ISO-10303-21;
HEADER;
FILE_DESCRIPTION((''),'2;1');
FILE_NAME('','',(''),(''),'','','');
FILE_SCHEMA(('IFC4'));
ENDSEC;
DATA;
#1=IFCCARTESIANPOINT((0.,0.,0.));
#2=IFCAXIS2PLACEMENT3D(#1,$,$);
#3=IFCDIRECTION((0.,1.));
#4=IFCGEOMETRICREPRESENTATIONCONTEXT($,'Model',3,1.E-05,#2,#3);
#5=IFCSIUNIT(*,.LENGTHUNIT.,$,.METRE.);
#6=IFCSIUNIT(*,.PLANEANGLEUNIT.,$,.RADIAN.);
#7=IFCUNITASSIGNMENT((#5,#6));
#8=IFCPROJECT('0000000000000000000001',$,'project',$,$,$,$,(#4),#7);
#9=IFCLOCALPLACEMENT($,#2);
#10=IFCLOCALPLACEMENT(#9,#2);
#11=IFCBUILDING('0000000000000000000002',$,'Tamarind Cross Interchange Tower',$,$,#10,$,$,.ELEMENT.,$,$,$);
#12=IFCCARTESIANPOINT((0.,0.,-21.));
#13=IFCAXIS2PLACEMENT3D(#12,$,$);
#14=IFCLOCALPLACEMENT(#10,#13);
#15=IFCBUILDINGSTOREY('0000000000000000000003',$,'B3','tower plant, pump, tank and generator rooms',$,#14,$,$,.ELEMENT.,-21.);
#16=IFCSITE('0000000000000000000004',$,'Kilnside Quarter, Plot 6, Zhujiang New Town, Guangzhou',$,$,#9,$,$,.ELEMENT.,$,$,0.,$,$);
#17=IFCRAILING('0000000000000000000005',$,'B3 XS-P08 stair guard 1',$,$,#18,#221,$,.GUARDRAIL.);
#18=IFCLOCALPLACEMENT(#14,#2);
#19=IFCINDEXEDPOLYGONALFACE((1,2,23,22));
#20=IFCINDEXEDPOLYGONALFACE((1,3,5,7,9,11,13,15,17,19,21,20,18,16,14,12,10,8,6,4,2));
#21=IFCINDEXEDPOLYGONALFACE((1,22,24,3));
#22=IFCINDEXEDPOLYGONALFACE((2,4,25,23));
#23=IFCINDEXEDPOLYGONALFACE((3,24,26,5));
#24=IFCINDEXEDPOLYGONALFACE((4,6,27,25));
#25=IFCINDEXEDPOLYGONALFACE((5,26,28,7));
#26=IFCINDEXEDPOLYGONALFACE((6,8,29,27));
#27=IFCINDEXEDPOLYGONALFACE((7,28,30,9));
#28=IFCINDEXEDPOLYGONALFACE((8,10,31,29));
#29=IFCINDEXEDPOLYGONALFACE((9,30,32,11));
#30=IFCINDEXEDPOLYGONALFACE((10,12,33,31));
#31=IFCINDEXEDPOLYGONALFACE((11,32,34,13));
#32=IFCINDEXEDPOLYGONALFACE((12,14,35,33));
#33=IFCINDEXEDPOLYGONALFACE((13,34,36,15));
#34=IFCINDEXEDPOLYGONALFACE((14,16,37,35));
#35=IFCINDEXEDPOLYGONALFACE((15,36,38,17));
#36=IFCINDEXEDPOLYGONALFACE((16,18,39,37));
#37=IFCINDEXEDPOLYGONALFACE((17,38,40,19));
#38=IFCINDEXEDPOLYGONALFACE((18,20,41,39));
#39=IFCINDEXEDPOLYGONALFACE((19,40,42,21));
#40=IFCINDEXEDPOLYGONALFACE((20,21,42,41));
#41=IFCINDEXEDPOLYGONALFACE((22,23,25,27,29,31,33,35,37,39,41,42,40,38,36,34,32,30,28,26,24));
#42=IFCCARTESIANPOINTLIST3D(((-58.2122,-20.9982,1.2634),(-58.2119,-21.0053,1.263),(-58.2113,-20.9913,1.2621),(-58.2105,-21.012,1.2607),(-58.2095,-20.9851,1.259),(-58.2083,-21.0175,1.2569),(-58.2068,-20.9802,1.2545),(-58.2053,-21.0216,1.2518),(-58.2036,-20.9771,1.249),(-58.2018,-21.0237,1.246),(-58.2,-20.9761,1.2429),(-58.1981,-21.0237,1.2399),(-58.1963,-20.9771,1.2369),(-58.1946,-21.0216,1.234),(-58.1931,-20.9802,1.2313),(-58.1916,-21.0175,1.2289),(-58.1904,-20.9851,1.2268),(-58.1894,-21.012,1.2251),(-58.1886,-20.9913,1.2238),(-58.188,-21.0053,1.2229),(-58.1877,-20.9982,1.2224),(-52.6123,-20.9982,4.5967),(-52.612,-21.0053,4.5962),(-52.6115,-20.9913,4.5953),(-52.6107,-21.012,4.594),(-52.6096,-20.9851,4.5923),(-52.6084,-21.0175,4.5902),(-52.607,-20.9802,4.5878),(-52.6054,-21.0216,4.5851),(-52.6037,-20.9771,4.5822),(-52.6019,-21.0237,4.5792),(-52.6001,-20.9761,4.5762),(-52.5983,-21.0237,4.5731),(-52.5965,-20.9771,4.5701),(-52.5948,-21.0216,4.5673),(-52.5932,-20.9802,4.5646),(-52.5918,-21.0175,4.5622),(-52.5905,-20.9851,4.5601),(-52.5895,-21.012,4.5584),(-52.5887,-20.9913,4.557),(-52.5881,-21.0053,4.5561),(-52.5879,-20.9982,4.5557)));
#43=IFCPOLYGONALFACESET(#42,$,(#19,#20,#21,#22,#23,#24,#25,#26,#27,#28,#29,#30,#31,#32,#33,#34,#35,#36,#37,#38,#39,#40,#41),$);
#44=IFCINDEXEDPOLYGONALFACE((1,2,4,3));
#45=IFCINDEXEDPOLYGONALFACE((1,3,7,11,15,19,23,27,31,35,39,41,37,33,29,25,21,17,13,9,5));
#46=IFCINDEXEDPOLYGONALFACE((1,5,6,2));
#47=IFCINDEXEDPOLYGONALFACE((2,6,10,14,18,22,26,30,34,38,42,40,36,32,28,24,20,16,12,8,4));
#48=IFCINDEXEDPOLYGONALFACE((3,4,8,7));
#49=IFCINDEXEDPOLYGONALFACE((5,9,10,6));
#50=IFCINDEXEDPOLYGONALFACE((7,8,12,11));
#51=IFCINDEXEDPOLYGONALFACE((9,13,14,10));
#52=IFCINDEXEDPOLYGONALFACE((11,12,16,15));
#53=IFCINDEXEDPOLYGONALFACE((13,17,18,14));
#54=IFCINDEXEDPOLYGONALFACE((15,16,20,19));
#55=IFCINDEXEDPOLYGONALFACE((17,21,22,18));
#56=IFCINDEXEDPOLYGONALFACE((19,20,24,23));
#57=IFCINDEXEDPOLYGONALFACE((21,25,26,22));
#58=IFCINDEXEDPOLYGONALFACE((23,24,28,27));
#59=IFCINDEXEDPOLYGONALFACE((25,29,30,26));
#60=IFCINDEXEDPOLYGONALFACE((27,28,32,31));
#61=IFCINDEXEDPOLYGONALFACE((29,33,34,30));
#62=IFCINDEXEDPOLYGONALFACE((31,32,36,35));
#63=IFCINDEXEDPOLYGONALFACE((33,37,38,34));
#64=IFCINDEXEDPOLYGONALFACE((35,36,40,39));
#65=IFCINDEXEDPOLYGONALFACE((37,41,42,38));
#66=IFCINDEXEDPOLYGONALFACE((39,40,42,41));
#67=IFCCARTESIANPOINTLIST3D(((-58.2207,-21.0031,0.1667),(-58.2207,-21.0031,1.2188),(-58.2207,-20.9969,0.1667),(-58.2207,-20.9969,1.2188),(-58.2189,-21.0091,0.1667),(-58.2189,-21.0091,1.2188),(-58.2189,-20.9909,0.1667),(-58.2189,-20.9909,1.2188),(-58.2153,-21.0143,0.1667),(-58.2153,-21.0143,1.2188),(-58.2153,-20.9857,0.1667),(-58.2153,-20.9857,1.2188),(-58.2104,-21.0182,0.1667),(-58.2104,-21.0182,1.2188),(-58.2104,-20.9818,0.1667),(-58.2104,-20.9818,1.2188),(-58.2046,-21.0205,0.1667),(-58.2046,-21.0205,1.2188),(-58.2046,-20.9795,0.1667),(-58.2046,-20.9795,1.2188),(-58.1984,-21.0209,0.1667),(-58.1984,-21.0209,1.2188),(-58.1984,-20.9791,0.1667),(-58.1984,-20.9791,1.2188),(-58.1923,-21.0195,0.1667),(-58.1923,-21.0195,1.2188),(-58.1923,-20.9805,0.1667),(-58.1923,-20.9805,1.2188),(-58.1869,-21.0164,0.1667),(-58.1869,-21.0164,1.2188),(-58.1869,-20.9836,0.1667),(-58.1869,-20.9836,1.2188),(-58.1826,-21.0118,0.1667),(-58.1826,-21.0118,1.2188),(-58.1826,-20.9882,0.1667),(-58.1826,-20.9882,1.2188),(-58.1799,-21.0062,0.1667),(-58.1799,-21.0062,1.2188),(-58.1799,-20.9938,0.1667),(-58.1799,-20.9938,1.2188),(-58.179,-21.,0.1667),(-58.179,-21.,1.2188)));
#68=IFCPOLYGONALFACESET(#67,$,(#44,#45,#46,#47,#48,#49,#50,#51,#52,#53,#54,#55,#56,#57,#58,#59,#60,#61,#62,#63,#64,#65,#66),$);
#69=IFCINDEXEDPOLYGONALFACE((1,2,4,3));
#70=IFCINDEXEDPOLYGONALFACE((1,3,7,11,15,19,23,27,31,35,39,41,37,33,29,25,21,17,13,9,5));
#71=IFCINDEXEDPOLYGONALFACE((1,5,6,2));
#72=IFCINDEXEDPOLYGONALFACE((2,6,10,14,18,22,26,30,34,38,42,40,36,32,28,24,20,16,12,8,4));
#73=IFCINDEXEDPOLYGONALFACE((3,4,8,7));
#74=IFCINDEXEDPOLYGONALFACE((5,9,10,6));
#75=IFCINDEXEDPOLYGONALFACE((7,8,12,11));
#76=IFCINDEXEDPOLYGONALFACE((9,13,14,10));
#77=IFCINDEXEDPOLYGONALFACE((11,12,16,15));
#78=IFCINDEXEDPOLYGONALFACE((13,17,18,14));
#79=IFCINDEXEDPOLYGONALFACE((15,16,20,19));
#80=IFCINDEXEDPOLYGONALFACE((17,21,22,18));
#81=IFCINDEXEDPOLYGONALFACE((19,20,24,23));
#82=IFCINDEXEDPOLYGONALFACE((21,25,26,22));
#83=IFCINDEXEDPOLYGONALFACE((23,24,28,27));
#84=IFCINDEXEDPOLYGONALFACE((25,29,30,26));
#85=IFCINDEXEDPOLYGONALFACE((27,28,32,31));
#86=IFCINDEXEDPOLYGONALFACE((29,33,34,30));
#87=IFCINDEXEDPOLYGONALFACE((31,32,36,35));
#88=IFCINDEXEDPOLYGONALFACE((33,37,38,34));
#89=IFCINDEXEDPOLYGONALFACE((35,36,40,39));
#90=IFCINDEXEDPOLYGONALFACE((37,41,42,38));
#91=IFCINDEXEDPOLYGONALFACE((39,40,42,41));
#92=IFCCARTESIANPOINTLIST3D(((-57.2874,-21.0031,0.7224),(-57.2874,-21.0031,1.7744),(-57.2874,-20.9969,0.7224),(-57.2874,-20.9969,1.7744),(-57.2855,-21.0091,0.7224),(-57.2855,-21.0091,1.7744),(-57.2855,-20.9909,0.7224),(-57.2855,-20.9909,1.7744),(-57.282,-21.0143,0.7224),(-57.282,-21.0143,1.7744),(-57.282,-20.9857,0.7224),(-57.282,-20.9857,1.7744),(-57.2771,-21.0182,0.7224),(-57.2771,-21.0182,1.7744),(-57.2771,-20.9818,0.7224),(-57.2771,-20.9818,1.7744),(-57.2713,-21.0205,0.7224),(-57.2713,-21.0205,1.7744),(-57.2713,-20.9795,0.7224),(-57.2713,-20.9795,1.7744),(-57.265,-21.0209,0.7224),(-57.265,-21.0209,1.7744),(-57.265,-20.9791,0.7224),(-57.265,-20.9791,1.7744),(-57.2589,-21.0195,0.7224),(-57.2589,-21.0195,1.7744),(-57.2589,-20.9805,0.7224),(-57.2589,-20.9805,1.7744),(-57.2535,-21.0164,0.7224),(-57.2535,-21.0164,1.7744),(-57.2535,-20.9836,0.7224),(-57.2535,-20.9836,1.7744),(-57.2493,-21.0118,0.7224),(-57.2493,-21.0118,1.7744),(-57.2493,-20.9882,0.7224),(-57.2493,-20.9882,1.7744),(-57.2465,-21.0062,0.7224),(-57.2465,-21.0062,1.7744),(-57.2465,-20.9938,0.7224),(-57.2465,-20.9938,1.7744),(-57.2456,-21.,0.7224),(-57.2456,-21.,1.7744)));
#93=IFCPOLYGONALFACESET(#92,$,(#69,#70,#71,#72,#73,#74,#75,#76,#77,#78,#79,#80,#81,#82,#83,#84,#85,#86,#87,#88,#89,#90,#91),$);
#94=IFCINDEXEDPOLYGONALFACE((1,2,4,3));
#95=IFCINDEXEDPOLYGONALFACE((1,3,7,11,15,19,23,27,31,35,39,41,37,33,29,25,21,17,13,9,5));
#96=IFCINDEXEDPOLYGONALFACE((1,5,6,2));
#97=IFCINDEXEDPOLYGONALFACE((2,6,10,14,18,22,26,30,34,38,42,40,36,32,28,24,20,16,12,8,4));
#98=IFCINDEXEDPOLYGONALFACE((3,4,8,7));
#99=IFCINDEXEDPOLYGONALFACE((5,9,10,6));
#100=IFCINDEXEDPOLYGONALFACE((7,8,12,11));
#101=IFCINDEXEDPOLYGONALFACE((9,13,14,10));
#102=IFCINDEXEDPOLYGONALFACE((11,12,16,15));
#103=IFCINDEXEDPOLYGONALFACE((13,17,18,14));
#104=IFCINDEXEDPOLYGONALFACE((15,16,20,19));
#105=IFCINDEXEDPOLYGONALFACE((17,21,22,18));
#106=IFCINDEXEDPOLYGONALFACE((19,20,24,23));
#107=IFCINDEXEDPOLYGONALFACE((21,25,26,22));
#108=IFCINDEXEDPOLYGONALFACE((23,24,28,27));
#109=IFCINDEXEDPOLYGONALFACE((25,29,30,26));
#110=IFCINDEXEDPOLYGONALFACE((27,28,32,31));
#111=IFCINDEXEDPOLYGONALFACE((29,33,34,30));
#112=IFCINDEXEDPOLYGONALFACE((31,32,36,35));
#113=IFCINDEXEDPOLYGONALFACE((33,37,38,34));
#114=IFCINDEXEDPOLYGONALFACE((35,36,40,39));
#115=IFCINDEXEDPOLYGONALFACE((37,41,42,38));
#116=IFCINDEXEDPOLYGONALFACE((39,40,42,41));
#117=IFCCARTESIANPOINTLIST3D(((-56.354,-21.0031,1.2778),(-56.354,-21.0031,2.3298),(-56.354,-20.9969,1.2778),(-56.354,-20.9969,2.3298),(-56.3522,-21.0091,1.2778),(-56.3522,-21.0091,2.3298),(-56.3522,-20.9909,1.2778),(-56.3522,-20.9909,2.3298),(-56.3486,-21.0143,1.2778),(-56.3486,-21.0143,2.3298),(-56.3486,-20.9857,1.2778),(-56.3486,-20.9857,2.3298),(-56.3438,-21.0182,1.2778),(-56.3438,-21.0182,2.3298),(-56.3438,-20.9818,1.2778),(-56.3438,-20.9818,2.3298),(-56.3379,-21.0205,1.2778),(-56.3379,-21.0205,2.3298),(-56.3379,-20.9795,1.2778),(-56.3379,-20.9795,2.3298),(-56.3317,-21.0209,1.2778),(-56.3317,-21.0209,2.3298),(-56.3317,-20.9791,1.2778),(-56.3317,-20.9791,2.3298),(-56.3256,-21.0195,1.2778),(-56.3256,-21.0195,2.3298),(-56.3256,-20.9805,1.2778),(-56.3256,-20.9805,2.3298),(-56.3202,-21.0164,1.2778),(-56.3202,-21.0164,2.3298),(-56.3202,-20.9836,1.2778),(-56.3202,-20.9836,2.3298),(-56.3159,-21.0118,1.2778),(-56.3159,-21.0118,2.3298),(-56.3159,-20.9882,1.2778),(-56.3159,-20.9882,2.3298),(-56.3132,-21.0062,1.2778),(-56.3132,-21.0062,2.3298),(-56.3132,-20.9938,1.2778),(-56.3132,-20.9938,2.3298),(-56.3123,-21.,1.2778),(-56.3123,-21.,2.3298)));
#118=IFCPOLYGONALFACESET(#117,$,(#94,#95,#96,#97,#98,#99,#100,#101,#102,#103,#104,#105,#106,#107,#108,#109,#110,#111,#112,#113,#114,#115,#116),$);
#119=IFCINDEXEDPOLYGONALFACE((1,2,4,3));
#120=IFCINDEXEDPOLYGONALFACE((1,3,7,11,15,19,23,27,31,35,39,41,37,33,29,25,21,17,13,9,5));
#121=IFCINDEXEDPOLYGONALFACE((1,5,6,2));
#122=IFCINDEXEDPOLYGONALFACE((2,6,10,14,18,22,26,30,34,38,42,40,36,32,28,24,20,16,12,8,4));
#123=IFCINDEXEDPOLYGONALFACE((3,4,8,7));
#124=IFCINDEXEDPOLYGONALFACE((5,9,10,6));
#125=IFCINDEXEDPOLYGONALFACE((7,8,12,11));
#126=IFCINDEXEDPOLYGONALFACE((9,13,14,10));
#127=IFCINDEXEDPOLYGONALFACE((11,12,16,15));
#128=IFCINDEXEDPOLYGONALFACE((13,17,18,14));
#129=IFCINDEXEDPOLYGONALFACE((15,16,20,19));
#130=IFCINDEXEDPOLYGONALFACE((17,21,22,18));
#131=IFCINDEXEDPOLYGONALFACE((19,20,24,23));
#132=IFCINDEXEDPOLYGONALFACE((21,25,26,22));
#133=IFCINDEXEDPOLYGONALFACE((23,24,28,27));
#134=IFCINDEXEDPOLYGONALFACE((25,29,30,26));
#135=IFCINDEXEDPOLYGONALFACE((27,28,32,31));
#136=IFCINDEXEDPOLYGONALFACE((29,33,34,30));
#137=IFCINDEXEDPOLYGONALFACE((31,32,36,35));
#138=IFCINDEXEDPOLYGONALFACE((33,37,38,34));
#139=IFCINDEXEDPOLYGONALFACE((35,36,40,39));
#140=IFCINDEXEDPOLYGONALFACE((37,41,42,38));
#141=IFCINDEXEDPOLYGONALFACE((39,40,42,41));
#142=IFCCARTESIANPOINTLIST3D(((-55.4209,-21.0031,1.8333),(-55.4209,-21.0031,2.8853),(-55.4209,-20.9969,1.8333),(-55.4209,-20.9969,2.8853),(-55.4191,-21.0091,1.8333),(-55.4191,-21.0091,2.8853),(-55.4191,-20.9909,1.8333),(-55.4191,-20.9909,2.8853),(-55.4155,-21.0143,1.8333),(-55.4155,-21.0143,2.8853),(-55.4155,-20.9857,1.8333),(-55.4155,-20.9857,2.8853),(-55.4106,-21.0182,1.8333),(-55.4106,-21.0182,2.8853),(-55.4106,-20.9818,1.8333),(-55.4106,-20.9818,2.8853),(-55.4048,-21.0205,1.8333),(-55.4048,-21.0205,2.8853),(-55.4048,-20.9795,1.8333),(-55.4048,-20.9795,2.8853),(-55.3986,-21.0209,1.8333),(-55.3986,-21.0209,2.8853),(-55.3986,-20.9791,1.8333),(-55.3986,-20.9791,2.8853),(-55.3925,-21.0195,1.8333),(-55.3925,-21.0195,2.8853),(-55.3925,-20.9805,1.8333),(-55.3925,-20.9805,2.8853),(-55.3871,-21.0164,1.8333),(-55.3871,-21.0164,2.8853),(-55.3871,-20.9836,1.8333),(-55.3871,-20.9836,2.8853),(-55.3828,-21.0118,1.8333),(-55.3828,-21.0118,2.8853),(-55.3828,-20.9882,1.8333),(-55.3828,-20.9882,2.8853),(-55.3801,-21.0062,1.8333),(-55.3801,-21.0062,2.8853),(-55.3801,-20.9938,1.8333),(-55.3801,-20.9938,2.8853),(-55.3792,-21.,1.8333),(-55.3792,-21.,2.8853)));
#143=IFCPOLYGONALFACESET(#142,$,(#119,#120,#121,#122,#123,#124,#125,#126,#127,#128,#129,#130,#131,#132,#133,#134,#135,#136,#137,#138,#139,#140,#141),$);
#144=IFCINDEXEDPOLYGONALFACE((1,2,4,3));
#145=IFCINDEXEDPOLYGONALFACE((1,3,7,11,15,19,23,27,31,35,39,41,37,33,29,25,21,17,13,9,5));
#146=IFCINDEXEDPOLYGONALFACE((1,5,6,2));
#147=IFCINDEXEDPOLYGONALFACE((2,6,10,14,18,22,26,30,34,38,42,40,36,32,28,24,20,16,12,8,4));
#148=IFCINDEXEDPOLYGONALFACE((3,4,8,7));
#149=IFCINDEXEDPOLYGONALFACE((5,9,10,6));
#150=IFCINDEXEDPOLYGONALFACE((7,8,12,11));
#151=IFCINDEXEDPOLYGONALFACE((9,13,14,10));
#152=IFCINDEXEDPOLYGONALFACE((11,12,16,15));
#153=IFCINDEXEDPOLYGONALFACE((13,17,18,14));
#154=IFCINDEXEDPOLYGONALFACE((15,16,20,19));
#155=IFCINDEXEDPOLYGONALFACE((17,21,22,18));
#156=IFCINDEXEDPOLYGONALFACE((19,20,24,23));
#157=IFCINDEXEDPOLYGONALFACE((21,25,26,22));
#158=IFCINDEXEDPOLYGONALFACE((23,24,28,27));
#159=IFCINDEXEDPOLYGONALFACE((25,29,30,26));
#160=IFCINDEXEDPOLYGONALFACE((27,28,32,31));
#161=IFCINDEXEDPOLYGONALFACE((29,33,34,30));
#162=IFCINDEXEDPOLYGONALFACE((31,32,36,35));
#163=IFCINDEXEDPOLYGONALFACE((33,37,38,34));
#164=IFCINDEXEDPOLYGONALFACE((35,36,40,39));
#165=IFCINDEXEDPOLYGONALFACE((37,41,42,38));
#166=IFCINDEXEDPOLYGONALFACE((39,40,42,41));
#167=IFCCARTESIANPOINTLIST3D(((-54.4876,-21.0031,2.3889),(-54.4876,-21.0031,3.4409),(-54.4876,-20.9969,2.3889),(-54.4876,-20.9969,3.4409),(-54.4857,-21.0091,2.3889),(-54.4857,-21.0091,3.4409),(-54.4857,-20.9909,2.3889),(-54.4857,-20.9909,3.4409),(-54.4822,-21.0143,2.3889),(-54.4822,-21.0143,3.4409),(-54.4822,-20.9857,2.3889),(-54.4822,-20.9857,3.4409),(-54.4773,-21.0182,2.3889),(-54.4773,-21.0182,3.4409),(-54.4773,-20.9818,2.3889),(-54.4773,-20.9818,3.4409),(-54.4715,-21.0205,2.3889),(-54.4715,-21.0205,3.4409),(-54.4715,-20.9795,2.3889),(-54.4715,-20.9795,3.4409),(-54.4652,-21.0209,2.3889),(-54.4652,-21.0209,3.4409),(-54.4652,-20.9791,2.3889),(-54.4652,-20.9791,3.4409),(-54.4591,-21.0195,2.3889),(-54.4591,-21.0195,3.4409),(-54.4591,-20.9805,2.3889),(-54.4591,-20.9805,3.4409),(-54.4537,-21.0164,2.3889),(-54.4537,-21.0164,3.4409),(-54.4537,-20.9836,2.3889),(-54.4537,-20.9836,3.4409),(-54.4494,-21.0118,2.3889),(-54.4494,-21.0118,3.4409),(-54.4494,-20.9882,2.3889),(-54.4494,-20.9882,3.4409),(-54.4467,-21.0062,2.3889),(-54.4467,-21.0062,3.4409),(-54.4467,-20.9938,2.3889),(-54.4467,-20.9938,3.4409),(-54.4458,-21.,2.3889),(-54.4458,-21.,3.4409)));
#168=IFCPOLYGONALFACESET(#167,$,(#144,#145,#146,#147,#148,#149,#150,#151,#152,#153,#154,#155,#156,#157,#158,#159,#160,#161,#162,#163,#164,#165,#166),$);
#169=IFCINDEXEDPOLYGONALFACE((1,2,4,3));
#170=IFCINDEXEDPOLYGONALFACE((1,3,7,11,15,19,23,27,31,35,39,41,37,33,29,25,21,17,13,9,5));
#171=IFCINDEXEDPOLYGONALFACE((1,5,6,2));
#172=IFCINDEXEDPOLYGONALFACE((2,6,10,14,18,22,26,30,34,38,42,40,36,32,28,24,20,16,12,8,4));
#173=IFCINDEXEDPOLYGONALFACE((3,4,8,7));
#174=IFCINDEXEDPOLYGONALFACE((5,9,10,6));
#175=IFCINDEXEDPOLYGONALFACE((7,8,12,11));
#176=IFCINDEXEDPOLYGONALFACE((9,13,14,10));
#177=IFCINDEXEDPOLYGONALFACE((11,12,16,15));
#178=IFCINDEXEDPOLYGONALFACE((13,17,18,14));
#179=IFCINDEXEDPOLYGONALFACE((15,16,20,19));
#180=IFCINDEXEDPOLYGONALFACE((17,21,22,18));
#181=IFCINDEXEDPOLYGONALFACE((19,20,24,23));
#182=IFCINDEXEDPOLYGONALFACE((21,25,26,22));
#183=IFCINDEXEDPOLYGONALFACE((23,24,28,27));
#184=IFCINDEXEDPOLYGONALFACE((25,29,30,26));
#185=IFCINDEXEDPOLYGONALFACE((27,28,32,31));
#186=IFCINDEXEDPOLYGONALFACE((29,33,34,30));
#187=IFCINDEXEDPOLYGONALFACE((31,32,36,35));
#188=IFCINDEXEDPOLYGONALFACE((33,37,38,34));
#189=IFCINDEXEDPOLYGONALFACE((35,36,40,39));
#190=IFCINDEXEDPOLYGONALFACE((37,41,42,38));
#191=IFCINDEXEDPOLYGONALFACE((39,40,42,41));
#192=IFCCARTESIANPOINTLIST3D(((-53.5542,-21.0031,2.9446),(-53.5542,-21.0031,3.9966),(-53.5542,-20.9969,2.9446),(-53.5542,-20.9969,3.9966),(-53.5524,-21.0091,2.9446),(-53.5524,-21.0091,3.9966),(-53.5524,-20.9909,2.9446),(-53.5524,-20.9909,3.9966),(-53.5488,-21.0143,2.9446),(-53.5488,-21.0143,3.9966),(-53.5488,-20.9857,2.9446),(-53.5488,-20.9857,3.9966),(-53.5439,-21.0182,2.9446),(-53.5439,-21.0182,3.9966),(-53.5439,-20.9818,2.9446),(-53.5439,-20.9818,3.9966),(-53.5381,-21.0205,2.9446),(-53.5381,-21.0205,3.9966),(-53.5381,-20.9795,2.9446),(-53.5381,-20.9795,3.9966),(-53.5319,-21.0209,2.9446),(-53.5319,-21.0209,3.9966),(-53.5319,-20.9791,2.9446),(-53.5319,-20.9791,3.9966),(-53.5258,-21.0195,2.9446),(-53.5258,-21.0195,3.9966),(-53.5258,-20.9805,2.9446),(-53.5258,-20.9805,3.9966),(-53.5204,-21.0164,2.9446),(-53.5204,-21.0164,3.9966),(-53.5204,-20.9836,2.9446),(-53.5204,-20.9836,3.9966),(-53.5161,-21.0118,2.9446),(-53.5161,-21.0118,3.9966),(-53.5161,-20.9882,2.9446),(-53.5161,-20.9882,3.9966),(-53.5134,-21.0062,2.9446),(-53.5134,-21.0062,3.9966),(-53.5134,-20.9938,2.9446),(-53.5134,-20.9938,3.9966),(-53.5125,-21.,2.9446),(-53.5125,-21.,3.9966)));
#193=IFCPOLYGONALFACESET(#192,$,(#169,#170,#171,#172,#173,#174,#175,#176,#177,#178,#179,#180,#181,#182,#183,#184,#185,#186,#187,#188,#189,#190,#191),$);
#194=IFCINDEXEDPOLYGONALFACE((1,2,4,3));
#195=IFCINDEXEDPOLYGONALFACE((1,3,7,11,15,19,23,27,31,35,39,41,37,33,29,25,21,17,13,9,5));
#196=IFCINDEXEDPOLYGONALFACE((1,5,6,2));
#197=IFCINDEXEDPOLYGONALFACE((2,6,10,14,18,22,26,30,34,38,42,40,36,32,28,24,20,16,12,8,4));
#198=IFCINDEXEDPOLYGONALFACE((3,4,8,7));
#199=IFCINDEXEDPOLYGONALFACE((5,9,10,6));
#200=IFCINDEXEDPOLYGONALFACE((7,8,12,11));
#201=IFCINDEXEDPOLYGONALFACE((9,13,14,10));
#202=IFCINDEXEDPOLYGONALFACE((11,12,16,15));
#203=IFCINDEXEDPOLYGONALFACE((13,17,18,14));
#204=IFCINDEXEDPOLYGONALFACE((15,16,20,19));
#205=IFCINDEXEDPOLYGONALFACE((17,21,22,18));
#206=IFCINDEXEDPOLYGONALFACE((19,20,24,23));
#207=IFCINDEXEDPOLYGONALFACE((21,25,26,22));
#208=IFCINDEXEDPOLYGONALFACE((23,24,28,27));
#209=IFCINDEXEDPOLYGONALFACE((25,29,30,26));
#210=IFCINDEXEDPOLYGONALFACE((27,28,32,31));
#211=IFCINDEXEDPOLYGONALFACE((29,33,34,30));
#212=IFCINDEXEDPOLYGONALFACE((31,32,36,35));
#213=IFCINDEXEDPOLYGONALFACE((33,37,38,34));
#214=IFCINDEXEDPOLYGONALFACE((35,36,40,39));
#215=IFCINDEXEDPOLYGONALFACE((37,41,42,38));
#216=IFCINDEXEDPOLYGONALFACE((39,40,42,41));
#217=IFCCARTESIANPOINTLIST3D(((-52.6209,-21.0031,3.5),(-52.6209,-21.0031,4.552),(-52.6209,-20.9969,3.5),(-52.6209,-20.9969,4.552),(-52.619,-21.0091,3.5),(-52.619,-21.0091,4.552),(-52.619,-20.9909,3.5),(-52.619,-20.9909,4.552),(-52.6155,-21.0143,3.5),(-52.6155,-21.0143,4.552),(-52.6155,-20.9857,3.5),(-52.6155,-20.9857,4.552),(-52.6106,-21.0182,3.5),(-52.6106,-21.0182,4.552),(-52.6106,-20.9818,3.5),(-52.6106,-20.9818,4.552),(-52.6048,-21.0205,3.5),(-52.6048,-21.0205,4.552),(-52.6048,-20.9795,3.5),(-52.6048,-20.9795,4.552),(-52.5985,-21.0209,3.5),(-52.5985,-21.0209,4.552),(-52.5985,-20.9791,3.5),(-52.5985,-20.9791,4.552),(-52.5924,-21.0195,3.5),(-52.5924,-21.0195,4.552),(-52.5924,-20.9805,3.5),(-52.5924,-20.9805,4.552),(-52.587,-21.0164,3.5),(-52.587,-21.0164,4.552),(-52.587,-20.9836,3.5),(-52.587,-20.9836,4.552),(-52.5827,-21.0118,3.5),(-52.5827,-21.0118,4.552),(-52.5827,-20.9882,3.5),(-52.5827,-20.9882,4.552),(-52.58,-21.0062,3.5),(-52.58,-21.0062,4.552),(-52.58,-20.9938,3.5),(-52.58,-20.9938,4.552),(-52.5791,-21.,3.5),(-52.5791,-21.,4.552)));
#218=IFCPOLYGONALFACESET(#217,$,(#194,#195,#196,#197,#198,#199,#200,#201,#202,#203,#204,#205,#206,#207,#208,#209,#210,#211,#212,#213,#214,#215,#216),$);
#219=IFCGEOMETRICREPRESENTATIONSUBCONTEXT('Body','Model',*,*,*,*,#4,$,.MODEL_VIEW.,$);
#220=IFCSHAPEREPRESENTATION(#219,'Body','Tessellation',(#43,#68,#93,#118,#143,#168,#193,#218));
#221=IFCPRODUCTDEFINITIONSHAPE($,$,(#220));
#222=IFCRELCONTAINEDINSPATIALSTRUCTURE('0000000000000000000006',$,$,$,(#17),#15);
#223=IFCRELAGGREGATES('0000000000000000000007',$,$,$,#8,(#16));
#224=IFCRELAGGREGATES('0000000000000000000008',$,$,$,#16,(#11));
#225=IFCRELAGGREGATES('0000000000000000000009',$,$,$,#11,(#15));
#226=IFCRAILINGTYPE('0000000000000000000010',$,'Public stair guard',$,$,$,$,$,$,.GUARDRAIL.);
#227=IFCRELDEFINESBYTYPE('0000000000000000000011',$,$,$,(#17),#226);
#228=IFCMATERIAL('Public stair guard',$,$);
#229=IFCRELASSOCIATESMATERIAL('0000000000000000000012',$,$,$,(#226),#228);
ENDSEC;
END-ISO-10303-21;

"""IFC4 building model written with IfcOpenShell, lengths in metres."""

from ifc_helpers import new_model, si_unit, direction, frame, origin, origin_2d, place, context, subcontext, project, spatial, circle, extrude, material, type_object, element, save


model = new_model("IFC4")

# Units and contexts
model_context = context("Model", 3, precision=1e-05, world=origin(), true_north=direction((0.0, 1.0)))
body_context = subcontext(model_context, "Body", "Model", "MODEL_VIEW")
ifc_project = project(units=[si_unit("LENGTHUNIT", "METRE"), si_unit("PLANEANGLEUNIT", "RADIAN")], contexts=[model_context])

# Site, building, storey
site_placement = place(None, origin())
site = spatial("IfcSite", under=ifc_project, at=site_placement, Name="Kilnside Quarter, Plot 6, Zhujiang New Town, Guangzhou", CompositionType="ELEMENT", RefElevation=0.0)
building_placement = place(site_placement, origin())
building = spatial("IfcBuilding", under=site, at=building_placement, Name="Tamarind Cross Interchange Tower", CompositionType="ELEMENT")
storey_placement = place(building_placement, frame((0.0, 0.0, -21.0)))
storey = spatial("IfcBuildingStorey", under=building, at=storey_placement, Name="B3", Description="tower plant, pump, tank and generator rooms", CompositionType="ELEMENT", Elevation=-21.0)

# Railing
ifc_material_1 = material(Name="Public stair guard")
railing_type_1 = type_object("IfcRailingType", Name="Public stair guard", PredefinedType="GUARDRAIL", material=ifc_material_1)
railing_1_placement = place(storey_placement, frame((-58.2, -21.0, 0.1667)))
element("IfcRailing", 1, at=railing_1_placement, inside=storey, type_object=railing_type_1, Name="B3 XS-P08 stair guard 1", PredefinedType="GUARDRAIL", context=body_context, shape_type="SweptSolid", body=[
    extrude(circle(Radius=0.0239, at=origin_2d()), frame((0.0, 0.0, 1.0762), z_axis=(0.859292, 0.0, 0.511485), x_axis=(0.0, 1.0, 0.0)), (0.0, 0.0, 1.0), 6.5168),
    extrude(circle(Radius=0.021, at=origin_2d()), origin(), (0.0, 0.0, 1.0), 1.052),
    extrude(circle(Radius=0.021, at=origin_2d()), frame((0.9333, 0.0, 0.5557)), (0.0, 0.0, 1.0), 1.052),
    extrude(circle(Radius=0.021, at=origin_2d()), frame((1.8667, 0.0, 1.1111)), (0.0, 0.0, 1.0), 1.052),
    extrude(circle(Radius=0.021, at=origin_2d()), frame((2.7998, 0.0, 1.6665)), (0.0, 0.0, 1.0), 1.052),
    extrude(circle(Radius=0.021, at=origin_2d()), frame((3.7332, 0.0, 2.2222)), (0.0, 0.0, 1.0), 1.052),
    extrude(circle(Radius=0.021, at=origin_2d()), frame((4.6665, 0.0, 2.7778)), (0.0, 0.0, 1.0), 1.052),
    extrude(circle(Radius=0.021, at=origin_2d()), frame((5.5999, 0.0, 3.3333)), (0.0, 0.0, 1.0), 1.052),
])

save(model, "model.ifc")
